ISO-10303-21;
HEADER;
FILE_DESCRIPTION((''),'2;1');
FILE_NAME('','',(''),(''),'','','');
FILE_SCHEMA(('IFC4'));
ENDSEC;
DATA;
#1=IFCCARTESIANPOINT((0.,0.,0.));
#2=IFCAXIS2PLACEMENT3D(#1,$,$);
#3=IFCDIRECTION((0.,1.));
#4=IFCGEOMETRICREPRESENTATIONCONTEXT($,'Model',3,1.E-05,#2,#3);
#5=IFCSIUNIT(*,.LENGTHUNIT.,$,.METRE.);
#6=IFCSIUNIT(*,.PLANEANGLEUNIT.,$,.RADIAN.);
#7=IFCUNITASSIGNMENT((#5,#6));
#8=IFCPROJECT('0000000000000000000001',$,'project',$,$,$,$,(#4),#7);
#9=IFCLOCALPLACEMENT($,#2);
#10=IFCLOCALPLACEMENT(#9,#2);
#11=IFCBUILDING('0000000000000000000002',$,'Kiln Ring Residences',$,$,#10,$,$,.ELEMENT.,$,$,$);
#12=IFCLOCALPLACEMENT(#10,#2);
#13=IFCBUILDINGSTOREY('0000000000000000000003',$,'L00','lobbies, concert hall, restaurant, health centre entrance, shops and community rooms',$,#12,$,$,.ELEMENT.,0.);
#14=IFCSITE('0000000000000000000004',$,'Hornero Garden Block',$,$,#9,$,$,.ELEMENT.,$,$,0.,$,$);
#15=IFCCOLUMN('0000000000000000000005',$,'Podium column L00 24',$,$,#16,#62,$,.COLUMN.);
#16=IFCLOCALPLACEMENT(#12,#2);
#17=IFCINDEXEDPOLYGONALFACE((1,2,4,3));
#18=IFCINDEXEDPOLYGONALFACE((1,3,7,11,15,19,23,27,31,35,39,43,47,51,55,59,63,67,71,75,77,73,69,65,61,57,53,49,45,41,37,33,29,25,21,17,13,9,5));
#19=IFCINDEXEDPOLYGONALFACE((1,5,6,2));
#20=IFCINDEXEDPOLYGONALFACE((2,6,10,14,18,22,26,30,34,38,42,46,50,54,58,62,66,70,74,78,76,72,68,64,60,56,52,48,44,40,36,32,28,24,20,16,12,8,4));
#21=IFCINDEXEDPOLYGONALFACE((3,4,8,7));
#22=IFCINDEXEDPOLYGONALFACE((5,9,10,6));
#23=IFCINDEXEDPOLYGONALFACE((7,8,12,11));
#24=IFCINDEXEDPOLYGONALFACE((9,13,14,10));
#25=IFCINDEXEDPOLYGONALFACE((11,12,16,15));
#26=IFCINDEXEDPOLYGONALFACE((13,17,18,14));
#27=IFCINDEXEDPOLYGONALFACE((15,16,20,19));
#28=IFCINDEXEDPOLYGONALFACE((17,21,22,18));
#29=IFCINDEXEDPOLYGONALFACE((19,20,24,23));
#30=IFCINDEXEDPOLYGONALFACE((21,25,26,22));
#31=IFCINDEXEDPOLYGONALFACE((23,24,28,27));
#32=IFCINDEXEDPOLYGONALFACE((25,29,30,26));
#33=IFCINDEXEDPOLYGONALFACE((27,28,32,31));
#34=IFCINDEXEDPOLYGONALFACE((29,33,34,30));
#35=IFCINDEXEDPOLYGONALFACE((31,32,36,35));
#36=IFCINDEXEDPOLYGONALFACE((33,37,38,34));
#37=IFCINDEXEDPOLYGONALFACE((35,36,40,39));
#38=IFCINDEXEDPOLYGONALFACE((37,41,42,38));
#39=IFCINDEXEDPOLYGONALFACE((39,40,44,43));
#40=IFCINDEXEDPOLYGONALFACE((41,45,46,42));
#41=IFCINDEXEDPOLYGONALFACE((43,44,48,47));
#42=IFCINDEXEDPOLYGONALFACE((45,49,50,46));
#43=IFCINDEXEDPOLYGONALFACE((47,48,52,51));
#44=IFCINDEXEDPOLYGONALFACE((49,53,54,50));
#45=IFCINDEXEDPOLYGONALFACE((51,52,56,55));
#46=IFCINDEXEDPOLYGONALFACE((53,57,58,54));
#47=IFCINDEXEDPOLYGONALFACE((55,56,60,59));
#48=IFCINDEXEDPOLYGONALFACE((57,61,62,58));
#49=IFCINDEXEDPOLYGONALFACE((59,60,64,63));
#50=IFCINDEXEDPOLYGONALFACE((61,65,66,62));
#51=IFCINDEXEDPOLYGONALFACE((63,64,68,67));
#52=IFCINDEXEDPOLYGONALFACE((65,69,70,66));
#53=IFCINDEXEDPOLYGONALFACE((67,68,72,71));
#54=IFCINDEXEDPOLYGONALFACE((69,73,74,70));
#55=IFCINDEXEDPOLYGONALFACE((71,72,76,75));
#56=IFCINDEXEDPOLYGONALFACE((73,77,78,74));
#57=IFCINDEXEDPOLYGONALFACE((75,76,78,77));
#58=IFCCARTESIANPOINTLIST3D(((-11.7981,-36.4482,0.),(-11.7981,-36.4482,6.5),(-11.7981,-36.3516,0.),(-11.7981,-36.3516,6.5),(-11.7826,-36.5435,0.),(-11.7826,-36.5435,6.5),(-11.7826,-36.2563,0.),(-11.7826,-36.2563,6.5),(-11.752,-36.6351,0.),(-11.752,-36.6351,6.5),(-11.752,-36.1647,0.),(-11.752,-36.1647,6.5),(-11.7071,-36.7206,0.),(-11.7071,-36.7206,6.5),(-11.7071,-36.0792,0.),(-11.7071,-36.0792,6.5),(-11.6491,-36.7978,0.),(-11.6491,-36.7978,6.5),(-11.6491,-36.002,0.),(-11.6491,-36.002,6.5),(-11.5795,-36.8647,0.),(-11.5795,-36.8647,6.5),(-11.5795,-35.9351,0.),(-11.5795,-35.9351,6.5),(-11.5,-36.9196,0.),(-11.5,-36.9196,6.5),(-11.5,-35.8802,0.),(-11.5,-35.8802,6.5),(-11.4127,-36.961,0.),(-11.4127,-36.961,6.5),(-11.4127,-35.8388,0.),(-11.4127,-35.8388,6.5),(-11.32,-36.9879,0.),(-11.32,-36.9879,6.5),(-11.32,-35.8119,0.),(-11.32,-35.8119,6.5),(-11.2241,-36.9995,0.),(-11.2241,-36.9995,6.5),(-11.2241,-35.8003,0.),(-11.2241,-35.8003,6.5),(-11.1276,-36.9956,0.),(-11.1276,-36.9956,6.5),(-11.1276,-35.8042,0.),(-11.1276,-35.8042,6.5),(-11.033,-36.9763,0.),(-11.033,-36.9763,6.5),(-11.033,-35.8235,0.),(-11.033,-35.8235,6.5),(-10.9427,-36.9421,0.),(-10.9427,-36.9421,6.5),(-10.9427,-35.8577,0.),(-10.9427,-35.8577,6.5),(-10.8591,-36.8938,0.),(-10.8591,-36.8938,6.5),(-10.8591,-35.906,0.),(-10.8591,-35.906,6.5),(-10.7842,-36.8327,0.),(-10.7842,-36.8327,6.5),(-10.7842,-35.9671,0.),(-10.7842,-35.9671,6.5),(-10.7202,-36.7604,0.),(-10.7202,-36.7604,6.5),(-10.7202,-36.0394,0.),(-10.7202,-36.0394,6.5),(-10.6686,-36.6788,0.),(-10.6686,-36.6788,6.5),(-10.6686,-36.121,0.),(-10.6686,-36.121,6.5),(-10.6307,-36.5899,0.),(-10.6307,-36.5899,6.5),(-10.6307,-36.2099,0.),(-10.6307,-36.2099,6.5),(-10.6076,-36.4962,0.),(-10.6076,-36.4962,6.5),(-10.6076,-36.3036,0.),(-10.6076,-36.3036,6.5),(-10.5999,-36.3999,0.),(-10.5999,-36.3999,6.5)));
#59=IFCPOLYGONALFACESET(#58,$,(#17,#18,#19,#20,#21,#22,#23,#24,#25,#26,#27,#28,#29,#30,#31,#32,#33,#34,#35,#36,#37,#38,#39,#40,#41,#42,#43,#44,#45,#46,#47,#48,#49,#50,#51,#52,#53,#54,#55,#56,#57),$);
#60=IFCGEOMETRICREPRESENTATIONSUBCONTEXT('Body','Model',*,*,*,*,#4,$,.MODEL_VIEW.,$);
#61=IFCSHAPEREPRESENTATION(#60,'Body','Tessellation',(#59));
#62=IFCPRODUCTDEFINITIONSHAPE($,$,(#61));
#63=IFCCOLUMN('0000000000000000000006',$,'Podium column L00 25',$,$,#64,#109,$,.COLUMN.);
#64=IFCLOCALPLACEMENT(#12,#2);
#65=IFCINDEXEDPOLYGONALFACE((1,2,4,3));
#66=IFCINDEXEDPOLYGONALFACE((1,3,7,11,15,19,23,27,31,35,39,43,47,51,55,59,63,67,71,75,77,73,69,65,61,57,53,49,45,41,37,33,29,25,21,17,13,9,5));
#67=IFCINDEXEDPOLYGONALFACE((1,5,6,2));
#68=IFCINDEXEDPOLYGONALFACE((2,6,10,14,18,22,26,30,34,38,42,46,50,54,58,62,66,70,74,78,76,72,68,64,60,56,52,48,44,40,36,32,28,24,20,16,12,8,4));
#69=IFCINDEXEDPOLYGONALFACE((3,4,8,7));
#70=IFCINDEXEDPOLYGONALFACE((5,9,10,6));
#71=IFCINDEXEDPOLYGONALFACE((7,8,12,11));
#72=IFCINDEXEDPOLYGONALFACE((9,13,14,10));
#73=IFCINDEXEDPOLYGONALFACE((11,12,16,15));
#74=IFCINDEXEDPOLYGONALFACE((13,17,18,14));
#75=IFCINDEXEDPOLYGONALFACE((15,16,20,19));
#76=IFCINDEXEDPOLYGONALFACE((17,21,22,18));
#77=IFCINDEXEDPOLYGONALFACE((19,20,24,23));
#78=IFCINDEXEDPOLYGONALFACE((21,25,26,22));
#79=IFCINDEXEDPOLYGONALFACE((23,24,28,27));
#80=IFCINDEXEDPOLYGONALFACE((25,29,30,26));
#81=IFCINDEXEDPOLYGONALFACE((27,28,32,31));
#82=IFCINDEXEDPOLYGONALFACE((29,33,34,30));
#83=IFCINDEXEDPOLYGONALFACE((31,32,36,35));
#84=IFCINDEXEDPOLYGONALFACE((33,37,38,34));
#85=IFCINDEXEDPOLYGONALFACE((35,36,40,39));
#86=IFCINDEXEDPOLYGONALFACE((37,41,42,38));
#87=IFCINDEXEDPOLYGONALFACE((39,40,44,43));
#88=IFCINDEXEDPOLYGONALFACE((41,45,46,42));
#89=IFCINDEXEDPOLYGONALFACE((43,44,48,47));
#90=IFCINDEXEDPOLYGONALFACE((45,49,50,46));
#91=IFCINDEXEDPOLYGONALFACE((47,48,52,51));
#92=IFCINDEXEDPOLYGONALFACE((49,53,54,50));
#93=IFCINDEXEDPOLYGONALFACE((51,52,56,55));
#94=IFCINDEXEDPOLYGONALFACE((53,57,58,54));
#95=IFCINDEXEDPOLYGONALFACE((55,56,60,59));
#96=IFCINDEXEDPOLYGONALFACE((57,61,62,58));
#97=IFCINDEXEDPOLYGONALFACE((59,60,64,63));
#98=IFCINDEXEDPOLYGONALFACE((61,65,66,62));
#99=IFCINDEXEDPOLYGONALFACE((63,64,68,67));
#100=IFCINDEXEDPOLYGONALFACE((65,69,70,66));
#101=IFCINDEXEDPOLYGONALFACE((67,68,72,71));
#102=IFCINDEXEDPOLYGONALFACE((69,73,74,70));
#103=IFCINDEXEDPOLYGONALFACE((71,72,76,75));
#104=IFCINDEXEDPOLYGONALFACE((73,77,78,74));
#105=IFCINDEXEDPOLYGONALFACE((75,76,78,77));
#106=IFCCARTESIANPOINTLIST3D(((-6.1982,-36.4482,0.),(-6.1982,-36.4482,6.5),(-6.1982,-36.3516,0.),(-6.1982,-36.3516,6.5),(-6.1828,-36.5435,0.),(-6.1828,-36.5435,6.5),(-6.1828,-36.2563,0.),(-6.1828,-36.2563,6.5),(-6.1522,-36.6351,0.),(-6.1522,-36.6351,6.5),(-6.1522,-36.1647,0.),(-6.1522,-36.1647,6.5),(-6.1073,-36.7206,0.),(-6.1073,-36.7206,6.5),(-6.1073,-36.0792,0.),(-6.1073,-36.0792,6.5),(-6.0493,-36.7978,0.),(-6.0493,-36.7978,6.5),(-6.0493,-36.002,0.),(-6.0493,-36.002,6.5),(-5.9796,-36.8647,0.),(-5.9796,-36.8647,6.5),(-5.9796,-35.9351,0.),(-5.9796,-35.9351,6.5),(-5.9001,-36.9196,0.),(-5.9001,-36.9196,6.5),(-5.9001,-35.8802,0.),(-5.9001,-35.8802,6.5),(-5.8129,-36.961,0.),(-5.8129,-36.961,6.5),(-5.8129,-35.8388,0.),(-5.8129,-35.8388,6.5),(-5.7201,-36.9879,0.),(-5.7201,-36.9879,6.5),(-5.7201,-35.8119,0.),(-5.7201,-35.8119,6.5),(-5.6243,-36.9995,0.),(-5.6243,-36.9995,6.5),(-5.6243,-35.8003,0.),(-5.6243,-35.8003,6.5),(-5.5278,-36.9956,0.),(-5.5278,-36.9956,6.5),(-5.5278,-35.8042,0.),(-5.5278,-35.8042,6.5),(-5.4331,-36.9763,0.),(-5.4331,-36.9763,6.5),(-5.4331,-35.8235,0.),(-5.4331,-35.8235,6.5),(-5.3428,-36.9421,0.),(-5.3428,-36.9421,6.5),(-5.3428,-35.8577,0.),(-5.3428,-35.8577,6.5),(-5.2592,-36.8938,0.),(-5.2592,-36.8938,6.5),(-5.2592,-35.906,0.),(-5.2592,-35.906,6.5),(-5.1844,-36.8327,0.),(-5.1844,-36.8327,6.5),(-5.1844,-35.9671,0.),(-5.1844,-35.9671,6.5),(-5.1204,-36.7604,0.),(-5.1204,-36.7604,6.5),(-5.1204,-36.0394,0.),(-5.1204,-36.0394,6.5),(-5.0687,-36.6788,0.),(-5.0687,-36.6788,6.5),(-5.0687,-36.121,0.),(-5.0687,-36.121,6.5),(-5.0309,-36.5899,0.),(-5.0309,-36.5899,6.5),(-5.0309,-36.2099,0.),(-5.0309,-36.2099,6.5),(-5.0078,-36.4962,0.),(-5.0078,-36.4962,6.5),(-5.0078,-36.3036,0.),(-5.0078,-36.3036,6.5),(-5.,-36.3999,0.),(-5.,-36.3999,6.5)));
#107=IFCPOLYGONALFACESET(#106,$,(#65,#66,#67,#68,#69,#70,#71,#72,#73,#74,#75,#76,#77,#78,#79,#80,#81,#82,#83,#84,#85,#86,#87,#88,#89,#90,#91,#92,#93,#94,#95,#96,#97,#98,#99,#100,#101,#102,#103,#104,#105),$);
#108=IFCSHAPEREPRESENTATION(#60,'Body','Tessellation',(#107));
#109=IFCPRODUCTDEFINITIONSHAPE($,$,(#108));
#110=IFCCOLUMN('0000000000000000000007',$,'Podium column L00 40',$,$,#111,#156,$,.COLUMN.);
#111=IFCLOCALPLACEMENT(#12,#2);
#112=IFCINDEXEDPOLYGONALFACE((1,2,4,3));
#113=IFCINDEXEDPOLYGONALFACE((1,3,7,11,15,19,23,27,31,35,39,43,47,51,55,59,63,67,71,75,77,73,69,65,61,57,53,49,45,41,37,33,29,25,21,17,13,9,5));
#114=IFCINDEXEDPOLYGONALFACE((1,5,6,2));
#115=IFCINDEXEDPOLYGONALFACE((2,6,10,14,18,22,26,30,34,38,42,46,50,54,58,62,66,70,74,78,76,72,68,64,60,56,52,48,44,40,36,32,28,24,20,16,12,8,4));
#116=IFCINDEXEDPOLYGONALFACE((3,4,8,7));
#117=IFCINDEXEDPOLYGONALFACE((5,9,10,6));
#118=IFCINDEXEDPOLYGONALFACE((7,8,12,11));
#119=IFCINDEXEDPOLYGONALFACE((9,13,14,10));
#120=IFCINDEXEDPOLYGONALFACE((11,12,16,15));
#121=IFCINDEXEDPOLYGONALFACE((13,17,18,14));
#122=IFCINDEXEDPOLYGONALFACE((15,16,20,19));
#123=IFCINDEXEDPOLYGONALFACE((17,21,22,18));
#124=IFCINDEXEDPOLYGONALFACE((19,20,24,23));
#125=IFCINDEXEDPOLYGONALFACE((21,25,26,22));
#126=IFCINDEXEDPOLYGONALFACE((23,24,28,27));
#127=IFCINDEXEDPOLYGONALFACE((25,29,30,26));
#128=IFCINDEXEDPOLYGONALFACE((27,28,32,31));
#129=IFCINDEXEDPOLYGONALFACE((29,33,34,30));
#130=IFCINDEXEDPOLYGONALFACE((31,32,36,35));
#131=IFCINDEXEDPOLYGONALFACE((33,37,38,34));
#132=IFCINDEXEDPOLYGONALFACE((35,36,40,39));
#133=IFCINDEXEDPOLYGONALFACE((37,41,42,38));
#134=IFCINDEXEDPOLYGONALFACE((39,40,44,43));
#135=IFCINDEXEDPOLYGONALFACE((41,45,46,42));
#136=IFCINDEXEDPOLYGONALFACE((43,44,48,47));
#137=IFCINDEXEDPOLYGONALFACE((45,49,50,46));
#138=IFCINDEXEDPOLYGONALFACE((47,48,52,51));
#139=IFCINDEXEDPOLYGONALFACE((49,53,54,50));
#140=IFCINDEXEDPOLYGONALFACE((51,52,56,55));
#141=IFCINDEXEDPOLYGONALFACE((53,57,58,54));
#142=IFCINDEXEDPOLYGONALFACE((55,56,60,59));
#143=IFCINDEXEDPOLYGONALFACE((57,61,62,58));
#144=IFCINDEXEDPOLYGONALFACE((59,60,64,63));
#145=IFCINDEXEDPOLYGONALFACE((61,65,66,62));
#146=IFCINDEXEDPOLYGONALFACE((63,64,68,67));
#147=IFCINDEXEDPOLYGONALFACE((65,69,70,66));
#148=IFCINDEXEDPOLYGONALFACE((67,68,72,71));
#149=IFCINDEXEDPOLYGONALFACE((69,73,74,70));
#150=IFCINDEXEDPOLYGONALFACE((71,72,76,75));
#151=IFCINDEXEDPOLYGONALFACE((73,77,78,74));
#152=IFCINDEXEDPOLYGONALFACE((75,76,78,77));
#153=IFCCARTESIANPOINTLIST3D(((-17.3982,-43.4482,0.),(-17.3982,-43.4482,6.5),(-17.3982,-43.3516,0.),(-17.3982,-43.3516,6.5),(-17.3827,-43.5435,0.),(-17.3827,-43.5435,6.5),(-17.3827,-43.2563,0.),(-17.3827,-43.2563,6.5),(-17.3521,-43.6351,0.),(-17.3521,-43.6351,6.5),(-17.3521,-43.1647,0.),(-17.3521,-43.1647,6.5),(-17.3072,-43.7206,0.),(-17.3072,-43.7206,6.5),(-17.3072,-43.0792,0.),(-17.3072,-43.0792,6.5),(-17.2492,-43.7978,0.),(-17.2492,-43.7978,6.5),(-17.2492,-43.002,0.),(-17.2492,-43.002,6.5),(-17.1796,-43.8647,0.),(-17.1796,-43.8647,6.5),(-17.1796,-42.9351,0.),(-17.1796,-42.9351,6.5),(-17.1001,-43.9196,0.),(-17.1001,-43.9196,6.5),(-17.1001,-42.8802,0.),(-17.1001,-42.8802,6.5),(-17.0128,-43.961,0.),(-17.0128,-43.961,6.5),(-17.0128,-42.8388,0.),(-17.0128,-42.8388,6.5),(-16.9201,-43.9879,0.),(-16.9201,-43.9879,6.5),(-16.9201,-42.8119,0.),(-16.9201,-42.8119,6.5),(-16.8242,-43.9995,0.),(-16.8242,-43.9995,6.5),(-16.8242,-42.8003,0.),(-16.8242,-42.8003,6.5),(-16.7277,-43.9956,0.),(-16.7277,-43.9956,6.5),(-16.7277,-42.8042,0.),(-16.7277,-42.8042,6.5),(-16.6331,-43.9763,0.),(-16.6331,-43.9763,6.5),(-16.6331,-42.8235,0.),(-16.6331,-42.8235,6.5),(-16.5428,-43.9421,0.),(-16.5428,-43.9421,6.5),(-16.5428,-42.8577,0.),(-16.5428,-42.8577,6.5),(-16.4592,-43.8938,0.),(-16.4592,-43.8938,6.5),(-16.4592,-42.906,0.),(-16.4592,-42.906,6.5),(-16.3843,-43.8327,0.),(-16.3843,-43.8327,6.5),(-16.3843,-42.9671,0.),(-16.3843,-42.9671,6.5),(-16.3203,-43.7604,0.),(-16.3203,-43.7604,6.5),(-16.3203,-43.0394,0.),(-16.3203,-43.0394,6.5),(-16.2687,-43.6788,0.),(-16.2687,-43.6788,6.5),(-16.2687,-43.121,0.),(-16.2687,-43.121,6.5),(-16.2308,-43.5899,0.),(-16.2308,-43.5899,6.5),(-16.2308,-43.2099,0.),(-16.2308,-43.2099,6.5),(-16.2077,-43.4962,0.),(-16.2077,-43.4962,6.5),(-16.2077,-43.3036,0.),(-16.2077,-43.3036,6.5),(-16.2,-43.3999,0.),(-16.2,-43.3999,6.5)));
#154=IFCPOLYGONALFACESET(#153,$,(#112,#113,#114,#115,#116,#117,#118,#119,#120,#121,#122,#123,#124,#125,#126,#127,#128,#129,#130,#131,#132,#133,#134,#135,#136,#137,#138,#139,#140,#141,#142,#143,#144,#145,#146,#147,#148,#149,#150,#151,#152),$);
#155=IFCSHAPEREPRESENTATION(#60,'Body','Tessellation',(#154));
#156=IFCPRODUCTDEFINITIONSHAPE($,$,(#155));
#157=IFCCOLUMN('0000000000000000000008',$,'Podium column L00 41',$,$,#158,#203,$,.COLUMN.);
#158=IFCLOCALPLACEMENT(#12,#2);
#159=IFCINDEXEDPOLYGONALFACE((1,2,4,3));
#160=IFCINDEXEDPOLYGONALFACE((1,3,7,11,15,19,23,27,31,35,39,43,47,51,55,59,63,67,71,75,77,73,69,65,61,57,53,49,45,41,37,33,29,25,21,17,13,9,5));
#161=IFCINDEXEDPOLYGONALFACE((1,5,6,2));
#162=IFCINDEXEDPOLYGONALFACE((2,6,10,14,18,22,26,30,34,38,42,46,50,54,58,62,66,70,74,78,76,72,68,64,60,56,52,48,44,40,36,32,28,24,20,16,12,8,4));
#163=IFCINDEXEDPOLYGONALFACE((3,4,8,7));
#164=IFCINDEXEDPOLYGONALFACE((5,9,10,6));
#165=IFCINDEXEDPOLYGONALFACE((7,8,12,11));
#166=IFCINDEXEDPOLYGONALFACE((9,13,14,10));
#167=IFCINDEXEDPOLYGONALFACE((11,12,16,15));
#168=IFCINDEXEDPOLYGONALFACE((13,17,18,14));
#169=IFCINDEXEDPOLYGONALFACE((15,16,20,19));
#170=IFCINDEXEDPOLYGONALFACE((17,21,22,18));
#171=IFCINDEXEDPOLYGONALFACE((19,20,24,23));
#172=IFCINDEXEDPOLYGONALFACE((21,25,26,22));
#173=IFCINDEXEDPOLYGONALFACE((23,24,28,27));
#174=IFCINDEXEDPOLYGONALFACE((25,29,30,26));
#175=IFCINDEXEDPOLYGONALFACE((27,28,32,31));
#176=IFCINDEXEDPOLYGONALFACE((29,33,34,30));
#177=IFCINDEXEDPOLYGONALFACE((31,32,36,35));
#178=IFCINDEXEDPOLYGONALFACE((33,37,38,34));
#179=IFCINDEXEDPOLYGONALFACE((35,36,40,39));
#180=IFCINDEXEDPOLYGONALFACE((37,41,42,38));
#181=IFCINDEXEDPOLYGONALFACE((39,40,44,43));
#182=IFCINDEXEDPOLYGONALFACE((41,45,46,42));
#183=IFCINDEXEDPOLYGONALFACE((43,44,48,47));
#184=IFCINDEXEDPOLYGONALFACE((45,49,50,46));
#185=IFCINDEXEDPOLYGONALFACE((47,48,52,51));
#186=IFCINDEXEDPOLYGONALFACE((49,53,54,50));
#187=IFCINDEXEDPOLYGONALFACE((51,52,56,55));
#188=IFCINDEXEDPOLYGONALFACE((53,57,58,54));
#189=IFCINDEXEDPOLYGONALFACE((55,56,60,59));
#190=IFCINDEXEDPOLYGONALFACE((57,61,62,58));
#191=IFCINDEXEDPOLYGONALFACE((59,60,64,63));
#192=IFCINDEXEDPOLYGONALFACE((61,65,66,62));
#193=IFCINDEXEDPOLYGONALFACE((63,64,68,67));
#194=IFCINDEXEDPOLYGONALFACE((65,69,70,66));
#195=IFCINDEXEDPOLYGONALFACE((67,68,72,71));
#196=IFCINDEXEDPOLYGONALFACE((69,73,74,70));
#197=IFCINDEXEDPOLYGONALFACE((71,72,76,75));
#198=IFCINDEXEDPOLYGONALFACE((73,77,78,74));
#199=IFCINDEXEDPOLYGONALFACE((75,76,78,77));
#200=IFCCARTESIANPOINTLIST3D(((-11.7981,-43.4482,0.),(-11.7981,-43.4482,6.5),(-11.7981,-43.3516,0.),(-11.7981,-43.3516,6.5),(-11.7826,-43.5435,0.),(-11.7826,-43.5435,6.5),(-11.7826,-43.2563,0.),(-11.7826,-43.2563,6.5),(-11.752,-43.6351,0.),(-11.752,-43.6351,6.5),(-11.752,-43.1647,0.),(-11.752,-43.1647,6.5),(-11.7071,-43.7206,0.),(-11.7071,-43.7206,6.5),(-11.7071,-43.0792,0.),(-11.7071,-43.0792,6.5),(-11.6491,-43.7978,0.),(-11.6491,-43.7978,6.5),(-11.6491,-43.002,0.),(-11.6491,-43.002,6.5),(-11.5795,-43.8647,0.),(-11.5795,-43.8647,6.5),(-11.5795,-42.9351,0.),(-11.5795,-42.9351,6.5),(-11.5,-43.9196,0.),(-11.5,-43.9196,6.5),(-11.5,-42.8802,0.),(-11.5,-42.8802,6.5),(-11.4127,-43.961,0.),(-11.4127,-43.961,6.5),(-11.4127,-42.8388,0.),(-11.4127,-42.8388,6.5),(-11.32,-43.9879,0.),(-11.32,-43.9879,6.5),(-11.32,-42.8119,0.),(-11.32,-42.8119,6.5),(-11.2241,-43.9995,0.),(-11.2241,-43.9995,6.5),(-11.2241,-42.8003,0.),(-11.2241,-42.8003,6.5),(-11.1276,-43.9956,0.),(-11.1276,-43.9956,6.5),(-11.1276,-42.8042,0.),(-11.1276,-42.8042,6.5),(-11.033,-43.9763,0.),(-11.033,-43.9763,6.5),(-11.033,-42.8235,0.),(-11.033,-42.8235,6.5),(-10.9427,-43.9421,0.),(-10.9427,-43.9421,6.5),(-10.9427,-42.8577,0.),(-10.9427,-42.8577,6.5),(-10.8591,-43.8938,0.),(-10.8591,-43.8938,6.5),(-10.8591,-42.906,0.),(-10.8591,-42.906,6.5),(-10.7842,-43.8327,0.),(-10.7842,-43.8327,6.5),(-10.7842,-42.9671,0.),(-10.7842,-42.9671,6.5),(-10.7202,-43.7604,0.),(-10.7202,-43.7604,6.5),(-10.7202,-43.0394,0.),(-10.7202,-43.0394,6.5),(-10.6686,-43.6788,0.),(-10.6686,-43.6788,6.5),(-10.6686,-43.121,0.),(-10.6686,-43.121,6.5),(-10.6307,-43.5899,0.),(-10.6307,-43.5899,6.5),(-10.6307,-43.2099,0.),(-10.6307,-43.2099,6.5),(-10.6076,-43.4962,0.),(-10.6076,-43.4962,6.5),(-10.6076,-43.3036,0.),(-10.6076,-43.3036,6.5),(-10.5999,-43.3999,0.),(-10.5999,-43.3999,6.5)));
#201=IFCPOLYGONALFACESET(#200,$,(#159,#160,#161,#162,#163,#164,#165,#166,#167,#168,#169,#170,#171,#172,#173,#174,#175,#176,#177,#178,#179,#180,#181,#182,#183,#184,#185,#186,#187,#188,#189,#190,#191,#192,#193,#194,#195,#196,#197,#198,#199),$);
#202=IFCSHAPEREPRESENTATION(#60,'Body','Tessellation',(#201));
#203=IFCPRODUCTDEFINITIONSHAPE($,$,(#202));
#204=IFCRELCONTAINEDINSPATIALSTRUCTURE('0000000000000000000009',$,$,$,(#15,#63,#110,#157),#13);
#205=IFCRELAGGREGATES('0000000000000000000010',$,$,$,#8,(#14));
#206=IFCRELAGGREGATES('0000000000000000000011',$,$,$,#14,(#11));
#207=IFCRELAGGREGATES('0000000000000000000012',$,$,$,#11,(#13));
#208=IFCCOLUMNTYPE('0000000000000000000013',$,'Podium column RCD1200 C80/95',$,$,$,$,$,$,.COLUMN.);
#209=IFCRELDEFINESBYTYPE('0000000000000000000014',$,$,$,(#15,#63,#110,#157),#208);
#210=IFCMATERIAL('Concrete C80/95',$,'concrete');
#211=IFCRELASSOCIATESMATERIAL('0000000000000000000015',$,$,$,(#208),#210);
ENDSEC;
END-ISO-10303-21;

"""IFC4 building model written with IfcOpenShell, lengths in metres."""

from ifc_helpers import new_model, si_unit, direction, frame, origin, origin_2d, place, context, subcontext, project, spatial, circle, extrude, material, material_profile, profile_set, type_object, element, save


model = new_model("IFC4")

# Units and contexts
model_context = context("Model", 3, precision=1e-05, world=origin(), true_north=direction((0.0, 1.0)))
body_context = subcontext(model_context, "Body", "Model", "MODEL_VIEW")
ifc_project = project(units=[si_unit("LENGTHUNIT", "METRE"), si_unit("PLANEANGLEUNIT", "RADIAN")], contexts=[model_context])

# Site, building, storey
site_placement = place(None, origin())
site = spatial("IfcSite", under=ifc_project, at=site_placement, Name="Hornero Garden Block", CompositionType="ELEMENT", RefElevation=0.0)
building_placement = place(site_placement, origin())
building = spatial("IfcBuilding", under=site, at=building_placement, Name="Kiln Ring Residences", CompositionType="ELEMENT")
storey_placement = place(building_placement, origin())
storey = spatial("IfcBuildingStorey", under=building, at=storey_placement, Name="L00", Description="lobbies, concert hall, restaurant, health centre entrance, shops and community rooms", CompositionType="ELEMENT", Elevation=0.0)

# Columns
ifc_material_1 = material(Name="Concrete C80/95", Category="concrete")
ifc_material_profile_1 = material_profile(ifc_material_1, circle(Radius=0.6001, at=origin_2d()), Name="RCD1200")
ifc_profile_set_1 = profile_set([ifc_material_profile_1], Name="Concrete C80/95")
column_type = type_object("IfcColumnType", Name="Podium column RCD1200 C80/95", PredefinedType="COLUMN", material=ifc_profile_set_1)
for number, where, z_axis, x_axis, name in (
    (1, (-11.2, -36.3999, 0.0), (0.0, 0.0, 1.0), (1.0, 0.0, 0.0), "Podium column L00 24"),
    (2, (-5.6001, -36.3999, 0.0), (0.0, 0.0, 1.0), (1.0, 0.0, 0.0), "Podium column L00 25"),
    (3, (-16.8, -43.3999, 0.0), (0.0, 0.0, 1.0), (1.0, 0.0, 0.0), "Podium column L00 40"),
    (4, (-11.2, -43.3999, 0.0), (0.0, 0.0, 1.0), (1.0, 0.0, 0.0), "Podium column L00 41"),
):
    element("IfcColumn", number, at=place(storey_placement, frame(where, z_axis=z_axis, x_axis=x_axis)), inside=storey, type_object=column_type, Name=name, PredefinedType="COLUMN", context=body_context, shape_type="SweptSolid", body=[
        extrude(circle(Radius=0.6001, at=origin_2d()), origin(), (0.0, 0.0, 1.0), 6.5),
    ])

save(model, "model.ifc")
